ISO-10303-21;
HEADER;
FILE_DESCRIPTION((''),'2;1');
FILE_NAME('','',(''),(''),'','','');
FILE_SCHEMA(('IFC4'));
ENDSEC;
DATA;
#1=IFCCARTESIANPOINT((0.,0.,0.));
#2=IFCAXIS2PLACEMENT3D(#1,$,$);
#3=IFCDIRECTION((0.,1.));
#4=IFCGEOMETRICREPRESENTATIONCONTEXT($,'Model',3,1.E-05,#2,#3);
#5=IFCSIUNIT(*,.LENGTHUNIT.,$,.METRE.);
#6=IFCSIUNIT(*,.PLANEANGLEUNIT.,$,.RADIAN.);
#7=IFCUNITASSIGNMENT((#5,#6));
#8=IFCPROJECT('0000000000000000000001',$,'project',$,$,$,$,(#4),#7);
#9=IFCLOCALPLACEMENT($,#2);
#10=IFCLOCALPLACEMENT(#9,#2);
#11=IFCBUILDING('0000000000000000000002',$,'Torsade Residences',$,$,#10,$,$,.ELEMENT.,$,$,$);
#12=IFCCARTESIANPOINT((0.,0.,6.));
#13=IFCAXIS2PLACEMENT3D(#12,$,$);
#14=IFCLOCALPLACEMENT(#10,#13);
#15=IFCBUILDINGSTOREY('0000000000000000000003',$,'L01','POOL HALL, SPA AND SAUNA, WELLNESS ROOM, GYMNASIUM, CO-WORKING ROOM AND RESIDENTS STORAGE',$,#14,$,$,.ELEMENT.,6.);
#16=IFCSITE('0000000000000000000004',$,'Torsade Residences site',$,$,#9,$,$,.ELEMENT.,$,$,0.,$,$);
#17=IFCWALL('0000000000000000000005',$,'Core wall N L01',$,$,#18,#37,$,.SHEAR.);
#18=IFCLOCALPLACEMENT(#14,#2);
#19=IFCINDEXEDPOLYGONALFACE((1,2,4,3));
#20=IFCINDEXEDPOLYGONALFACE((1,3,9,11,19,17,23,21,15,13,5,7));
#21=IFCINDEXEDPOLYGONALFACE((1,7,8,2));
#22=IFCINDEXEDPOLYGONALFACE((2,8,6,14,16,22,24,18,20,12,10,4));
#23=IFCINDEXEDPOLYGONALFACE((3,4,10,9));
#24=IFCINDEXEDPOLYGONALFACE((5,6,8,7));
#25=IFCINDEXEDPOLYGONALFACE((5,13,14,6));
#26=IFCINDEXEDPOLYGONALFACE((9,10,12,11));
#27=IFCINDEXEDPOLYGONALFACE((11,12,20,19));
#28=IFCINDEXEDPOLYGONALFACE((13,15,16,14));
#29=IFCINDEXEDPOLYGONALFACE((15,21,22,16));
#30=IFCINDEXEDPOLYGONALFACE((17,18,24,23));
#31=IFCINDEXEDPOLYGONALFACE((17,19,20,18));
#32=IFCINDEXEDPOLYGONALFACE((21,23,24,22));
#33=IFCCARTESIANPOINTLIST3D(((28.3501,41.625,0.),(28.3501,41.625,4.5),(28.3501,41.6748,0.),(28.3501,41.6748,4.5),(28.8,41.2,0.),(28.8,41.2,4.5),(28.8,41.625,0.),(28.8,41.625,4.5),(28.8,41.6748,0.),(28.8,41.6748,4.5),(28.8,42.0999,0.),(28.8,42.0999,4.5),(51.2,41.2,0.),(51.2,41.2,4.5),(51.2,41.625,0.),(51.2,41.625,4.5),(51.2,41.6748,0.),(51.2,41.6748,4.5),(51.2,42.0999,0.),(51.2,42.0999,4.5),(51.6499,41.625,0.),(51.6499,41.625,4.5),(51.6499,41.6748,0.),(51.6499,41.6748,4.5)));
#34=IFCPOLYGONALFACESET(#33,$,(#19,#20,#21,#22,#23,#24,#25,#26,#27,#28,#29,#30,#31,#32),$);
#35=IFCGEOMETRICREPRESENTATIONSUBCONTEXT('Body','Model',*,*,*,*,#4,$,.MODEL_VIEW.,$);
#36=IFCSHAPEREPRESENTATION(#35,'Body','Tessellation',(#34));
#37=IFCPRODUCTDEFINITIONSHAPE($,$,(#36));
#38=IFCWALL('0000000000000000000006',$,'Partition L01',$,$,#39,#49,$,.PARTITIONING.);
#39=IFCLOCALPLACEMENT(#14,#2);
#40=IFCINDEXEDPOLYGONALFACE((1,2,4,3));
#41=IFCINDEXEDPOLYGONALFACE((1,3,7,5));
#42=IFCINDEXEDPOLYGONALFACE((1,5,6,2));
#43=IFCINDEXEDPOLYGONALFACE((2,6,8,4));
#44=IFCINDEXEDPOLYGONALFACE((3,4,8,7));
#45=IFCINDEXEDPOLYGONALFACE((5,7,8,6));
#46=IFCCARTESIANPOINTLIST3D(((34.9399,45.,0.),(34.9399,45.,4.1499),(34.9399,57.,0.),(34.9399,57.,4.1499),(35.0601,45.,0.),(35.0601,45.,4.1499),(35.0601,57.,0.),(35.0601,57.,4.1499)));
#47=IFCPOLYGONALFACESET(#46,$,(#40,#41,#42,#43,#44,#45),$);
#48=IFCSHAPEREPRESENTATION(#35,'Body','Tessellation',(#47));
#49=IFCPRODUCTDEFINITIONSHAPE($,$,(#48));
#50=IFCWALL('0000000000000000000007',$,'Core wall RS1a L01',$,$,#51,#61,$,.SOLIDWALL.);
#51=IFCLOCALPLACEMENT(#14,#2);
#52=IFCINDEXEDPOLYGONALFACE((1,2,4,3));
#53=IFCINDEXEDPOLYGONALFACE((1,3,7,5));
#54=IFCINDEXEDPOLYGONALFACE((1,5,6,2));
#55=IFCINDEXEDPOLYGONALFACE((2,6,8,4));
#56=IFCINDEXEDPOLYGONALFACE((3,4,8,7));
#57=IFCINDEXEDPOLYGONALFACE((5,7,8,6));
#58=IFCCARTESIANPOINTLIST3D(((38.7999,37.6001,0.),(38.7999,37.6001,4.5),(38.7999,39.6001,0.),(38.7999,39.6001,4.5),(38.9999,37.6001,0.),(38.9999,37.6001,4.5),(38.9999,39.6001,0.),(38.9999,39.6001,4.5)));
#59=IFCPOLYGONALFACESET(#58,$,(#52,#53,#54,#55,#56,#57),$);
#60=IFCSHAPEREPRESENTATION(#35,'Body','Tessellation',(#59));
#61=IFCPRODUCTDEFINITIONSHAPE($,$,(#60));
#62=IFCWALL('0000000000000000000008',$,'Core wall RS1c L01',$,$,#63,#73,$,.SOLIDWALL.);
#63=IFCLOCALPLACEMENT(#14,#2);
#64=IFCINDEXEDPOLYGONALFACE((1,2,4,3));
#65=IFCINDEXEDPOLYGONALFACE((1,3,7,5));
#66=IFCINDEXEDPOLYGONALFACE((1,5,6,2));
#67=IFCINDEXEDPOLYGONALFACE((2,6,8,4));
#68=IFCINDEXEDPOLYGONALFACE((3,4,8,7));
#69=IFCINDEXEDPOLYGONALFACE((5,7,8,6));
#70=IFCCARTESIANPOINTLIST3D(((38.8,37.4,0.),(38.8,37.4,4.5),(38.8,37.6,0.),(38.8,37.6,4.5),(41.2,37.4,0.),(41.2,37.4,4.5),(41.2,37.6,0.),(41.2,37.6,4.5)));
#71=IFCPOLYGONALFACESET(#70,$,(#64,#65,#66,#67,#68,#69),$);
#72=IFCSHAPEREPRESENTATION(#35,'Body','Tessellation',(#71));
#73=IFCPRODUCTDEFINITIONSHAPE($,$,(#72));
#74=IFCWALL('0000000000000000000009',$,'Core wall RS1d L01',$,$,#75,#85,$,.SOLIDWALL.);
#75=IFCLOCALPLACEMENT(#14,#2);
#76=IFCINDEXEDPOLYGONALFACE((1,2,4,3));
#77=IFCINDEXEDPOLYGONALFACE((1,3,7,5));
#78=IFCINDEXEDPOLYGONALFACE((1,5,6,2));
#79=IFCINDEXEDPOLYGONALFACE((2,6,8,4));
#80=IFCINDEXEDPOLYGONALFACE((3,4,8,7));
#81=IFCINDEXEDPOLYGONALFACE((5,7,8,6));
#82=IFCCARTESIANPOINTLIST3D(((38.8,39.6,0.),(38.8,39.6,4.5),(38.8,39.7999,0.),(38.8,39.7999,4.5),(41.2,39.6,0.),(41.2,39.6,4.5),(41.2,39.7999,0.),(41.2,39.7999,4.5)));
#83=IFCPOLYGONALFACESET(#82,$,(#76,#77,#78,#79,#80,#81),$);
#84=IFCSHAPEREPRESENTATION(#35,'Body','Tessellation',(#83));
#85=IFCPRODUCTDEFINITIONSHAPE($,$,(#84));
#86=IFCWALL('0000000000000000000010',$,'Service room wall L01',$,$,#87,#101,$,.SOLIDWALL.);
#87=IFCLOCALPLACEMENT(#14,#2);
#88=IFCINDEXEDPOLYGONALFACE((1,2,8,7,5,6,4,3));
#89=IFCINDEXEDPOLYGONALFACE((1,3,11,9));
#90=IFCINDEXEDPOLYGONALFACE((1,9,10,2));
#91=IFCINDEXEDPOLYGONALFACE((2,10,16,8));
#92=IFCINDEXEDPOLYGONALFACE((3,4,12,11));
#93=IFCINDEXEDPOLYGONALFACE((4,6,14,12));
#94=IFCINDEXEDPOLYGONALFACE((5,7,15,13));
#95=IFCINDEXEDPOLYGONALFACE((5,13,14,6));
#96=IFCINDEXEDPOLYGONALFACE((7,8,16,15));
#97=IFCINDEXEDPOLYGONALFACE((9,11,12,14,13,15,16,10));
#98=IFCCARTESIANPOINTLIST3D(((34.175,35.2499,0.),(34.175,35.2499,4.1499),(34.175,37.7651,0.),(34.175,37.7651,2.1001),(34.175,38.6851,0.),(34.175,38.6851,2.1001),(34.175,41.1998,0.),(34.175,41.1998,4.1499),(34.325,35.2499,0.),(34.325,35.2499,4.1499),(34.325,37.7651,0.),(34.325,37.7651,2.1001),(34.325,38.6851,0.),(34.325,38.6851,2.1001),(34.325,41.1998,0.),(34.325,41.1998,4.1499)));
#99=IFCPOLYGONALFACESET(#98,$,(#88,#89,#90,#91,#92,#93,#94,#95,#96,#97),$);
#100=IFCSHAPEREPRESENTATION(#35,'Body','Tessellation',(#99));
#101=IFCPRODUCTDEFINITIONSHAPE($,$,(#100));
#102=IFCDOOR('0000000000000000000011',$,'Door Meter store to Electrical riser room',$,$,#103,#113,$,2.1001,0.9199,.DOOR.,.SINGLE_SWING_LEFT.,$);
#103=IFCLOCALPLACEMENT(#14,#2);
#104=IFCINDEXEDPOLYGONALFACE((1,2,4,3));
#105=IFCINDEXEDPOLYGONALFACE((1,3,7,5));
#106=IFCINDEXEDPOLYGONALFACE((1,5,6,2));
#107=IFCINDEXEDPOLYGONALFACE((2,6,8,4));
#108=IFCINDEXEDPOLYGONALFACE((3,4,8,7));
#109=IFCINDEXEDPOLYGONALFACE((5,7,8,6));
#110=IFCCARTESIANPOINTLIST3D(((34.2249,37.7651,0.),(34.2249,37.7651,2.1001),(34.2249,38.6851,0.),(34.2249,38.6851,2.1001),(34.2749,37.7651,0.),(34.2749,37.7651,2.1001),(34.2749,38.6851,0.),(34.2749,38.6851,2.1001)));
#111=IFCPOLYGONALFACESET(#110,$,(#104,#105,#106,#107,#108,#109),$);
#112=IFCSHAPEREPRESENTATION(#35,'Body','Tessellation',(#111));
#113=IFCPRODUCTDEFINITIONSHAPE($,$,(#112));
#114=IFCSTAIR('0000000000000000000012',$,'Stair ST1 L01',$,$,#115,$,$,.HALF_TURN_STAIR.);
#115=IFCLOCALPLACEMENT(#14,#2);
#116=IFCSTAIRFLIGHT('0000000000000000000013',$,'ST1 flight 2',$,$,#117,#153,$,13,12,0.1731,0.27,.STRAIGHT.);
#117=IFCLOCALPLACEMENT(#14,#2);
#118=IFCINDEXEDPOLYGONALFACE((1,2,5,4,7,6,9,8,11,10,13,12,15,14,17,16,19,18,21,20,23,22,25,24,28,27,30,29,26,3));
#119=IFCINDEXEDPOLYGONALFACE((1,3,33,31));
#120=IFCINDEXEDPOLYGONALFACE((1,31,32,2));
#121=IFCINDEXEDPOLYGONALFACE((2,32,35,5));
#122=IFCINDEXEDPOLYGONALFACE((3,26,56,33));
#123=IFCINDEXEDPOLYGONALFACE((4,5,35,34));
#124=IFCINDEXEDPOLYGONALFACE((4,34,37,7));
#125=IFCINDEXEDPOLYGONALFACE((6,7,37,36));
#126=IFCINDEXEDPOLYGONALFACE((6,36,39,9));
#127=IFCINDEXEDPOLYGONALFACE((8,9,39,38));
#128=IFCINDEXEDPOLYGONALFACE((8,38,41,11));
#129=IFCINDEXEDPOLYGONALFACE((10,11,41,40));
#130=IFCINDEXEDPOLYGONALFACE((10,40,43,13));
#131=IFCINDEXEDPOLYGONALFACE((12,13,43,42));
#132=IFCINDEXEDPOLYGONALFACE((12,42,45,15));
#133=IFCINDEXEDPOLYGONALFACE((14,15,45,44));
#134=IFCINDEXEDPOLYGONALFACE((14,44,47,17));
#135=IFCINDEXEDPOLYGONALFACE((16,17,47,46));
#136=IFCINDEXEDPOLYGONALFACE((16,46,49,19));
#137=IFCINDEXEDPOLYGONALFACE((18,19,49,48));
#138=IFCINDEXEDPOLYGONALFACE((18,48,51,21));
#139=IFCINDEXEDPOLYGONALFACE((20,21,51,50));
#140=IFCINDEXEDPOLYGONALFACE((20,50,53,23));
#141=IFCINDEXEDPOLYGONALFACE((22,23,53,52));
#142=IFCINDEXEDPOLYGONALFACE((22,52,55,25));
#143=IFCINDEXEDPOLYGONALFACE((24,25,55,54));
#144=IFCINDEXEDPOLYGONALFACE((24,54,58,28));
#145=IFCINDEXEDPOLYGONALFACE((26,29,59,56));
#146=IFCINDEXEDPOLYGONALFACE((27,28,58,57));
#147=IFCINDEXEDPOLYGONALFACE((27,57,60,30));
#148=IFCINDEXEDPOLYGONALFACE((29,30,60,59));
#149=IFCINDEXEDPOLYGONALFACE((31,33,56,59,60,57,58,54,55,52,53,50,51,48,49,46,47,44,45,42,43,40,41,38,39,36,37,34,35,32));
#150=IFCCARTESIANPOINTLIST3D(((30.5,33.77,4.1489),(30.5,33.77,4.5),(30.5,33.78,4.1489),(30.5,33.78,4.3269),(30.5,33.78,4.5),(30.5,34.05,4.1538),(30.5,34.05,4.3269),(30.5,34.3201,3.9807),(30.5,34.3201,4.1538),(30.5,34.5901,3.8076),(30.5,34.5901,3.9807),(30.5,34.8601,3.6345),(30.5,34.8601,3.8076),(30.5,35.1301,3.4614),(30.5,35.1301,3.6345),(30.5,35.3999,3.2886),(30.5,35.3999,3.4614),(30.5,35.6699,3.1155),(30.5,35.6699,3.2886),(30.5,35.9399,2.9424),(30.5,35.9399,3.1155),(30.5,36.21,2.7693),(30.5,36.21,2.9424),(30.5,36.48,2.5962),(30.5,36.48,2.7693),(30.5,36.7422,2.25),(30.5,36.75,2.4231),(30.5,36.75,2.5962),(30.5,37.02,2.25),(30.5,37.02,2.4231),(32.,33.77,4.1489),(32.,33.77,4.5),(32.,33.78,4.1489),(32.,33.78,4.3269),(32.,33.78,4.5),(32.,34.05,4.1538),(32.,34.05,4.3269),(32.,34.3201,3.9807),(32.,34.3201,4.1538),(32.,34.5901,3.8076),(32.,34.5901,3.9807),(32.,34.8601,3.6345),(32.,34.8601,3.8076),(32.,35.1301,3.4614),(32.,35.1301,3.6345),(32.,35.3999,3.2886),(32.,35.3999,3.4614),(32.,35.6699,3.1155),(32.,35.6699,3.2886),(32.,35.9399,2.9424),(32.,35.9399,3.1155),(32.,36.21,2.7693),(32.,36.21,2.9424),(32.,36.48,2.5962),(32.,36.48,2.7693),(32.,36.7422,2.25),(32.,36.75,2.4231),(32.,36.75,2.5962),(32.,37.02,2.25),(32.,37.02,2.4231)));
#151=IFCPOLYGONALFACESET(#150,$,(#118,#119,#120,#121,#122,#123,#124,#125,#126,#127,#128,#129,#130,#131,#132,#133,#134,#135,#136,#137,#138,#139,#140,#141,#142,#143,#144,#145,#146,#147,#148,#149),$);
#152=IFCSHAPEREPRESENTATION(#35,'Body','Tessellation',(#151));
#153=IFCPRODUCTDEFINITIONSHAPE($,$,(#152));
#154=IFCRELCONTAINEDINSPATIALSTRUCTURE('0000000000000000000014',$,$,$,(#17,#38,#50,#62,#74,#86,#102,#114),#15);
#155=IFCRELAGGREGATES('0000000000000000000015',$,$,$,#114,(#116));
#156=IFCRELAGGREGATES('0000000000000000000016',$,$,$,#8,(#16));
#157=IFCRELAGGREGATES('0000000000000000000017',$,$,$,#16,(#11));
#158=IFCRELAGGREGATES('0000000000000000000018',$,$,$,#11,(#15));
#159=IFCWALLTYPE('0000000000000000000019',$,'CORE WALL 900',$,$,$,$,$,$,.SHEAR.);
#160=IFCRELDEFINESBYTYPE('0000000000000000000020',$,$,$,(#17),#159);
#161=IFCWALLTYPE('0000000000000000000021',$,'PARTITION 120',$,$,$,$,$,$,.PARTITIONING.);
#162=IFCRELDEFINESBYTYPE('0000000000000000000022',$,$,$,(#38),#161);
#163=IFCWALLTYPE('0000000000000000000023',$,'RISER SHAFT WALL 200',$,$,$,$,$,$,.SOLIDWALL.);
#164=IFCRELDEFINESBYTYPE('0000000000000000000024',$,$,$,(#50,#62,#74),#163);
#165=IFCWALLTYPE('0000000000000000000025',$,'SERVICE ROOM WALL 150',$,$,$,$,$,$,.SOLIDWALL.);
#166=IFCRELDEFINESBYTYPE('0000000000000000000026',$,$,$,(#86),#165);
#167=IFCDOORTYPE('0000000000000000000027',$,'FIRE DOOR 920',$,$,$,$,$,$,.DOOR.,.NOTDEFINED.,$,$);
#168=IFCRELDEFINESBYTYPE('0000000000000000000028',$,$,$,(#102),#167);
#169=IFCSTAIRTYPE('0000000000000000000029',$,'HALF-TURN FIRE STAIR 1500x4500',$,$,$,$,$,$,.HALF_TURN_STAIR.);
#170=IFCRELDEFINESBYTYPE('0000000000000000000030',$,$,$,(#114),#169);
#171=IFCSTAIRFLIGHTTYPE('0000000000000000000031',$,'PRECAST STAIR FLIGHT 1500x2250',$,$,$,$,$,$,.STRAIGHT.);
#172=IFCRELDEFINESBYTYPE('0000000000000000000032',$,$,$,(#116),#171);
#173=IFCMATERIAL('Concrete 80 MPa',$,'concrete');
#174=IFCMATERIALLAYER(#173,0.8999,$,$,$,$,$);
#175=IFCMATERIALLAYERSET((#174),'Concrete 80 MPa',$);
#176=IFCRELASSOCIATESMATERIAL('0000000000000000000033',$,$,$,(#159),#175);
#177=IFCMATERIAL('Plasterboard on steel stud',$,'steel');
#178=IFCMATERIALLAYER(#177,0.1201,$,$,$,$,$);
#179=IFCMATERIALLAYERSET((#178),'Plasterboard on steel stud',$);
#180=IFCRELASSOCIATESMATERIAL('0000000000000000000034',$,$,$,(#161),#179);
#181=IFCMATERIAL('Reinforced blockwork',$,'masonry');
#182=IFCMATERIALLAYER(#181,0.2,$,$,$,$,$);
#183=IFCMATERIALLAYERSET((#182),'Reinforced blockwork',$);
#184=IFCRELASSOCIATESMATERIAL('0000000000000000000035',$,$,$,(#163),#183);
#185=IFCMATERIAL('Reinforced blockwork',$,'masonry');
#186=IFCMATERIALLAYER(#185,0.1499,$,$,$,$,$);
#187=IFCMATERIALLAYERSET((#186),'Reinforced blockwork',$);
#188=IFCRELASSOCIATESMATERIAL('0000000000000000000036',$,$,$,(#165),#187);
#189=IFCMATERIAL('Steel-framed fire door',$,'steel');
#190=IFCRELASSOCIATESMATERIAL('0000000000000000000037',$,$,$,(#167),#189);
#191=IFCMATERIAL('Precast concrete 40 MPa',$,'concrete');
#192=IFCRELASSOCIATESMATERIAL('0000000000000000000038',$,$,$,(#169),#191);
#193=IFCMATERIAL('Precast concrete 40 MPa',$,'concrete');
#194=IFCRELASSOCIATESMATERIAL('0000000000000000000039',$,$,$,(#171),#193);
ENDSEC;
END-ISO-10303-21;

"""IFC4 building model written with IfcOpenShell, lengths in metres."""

from ifc_helpers import new_model, si_unit, direction, frame, frame_2d, origin, place, context, subcontext, project, spatial, polyline, rectangle, outline, extrude, material, layer, layer_set, type_object, element, fill, aggregate, save


model = new_model("IFC4")

# Units and contexts
model_context = context("Model", 3, precision=1e-05, world=origin(), true_north=direction((0.0, 1.0)))
body_context = subcontext(model_context, "Body", "Model", "MODEL_VIEW")
ifc_project = project(units=[si_unit("LENGTHUNIT", "METRE"), si_unit("PLANEANGLEUNIT", "RADIAN")], contexts=[model_context])

# Site, building, storey
site_placement = place(None, origin())
site = spatial("IfcSite", under=ifc_project, at=site_placement, Name="Torsade Residences site", CompositionType="ELEMENT", RefElevation=0.0)
building_placement = place(site_placement, origin())
building = spatial("IfcBuilding", under=site, at=building_placement, Name="Torsade Residences", CompositionType="ELEMENT")
storey_placement = place(building_placement, frame((0.0, 0.0, 6.0)))
storey = spatial("IfcBuildingStorey", under=building, at=storey_placement, Name="L01", Description="POOL HALL, SPA AND SAUNA, WELLNESS ROOM, GYMNASIUM, CO-WORKING ROOM AND RESIDENTS STORAGE", CompositionType="ELEMENT", Elevation=6.0)

# Walls
ifc_material_1 = material(Name="Concrete 80 MPa", Category="concrete")
ifc_layer_1 = layer(ifc_material_1, 0.8999)
ifc_layer_set_1 = layer_set([ifc_layer_1], Name="Concrete 80 MPa")
wall_type_1 = type_object("IfcWallType", Name="CORE WALL 900", PredefinedType="SHEAR", material=ifc_layer_set_1)
wall_1_placement = place(storey_placement, frame((28.8, 41.6499, 0.0), z_axis=(0.0, 0.0, 1.0), x_axis=(1.0, 0.0, 0.0)))
element("IfcWall", 1, at=wall_1_placement, inside=storey, type_object=wall_type_1, Name="Core wall N L01", PredefinedType="SHEAR", context=body_context, shape_type="SweptSolid", body=[
    extrude(outline(polyline([(0.0, -0.45), (22.3999, -0.45), (22.3999, -0.0249), (22.8499, -0.0249), (22.8499, 0.0249), (22.3999, 0.0249), (22.3999, 0.45), (0.0, 0.45), (0.0, 0.0249), (-0.45, 0.0249), (-0.45, -0.0249), (0.0, -0.0249), (0.0, -0.45)])), origin(), (0.0, 0.0, 1.0), 4.5),
])
ifc_material_2 = material(Name="Plasterboard on steel stud", Category="steel")
ifc_layer_2 = layer(ifc_material_2, 0.1201)
ifc_layer_set_2 = layer_set([ifc_layer_2], Name="Plasterboard on steel stud")
wall_type_2 = type_object("IfcWallType", Name="PARTITION 120", PredefinedType="PARTITIONING", material=ifc_layer_set_2)
wall_2_placement = place(storey_placement, frame((35.0, 57.0, 0.0), z_axis=(0.0, 0.0, 1.0), x_axis=(0.0, -1.0, 0.0)))
element("IfcWall", 2, at=wall_2_placement, inside=storey, type_object=wall_type_2, Name="Partition L01", PredefinedType="PARTITIONING", context=body_context, shape_type="SweptSolid", body=[
    extrude(rectangle(XDim=12.0, YDim=0.1201, at=frame_2d((6.0, 0.0))), origin(), (0.0, 0.0, 1.0), 4.1499),
])
ifc_material_3 = material(Name="Reinforced blockwork", Category="masonry")
ifc_layer_3 = layer(ifc_material_3, 0.2)
ifc_layer_set_3 = layer_set([ifc_layer_3], Name="Reinforced blockwork")
wall_type_3 = type_object("IfcWallType", Name="RISER SHAFT WALL 200", PredefinedType="SOLIDWALL", material=ifc_layer_set_3)
wall_3_placement = place(storey_placement, frame((38.8999, 37.6001, 0.0), z_axis=(0.0, 0.0, 1.0), x_axis=(0.0, 1.0, 0.0)))
element("IfcWall", 3, at=wall_3_placement, inside=storey, type_object=wall_type_3, Name="Core wall RS1a L01", PredefinedType="SOLIDWALL", context=body_context, shape_type="SweptSolid", body=[
    extrude(rectangle(XDim=2.0, YDim=0.2, at=frame_2d((1.0, 0.0))), origin(), (0.0, 0.0, 1.0), 4.5),
])
for number, where, z_axis, x_axis, name in (
    (4, (38.8, 37.5, 0.0), (0.0, 0.0, 1.0), (1.0, 0.0, 0.0), "Core wall RS1c L01"),
    (5, (38.8, 39.7, 0.0), (0.0, 0.0, 1.0), (1.0, 0.0, 0.0), "Core wall RS1d L01"),
):
    element("IfcWall", number, at=place(storey_placement, frame(where, z_axis=z_axis, x_axis=x_axis)), inside=storey, type_object=wall_type_3, Name=name, PredefinedType="SOLIDWALL", context=body_context, shape_type="SweptSolid", body=[
        extrude(rectangle(XDim=2.3999, YDim=0.2, at=frame_2d((1.2, 0.0))), origin(), (0.0, 0.0, 1.0), 4.5),
    ])

# Wall, opening, door
ifc_material_4 = material(Name="Reinforced blockwork", Category="masonry")
ifc_layer_4 = layer(ifc_material_4, 0.1499)
ifc_layer_set_4 = layer_set([ifc_layer_4], Name="Reinforced blockwork")
wall_type_4 = type_object("IfcWallType", Name="SERVICE ROOM WALL 150", PredefinedType="SOLIDWALL", material=ifc_layer_set_4)
wall_4_placement = place(storey_placement, frame((34.25, 41.2, 0.0), z_axis=(0.0, 0.0, 1.0), x_axis=(0.0, -1.0, 0.0)))
wall_4 = element("IfcWall", 6, at=wall_4_placement, inside=storey, type_object=wall_type_4, Name="Service room wall L01", PredefinedType="SOLIDWALL", context=body_context, shape_type="SweptSolid", body=[
    extrude(rectangle(XDim=5.95, YDim=0.1499, at=frame_2d((2.9751, 0.0))), origin(), (0.0, 0.0, 1.0), 4.1499),
])
opening_placement = place(wall_4_placement, frame((2.5149, 0.0, 0.0)))
opening = element("IfcOpeningElement", 7, at=opening_placement, cuts=wall_4, PredefinedType="OPENING", context=body_context, shape_type="SweptSolid", body=[
    extrude(rectangle(XDim=0.9199, YDim=2.1001, at=frame_2d((0.46, 1.05))), frame((0.0, 0.085, 0.0), z_axis=(0.0, -1.0, 0.0), x_axis=(1.0, 0.0, 0.0)), (0.0, 0.0, 1.0), 0.1699),
])
ifc_material_5 = material(Name="Steel-framed fire door", Category="steel")
door_type = type_object("IfcDoorType", Name="FIRE DOOR 920", OperationType="NOTDEFINED", PredefinedType="DOOR", material=ifc_material_5)
door_placement = place(opening_placement, origin())
door = element("IfcDoor", 8, at=door_placement, inside=storey, type_object=door_type, Name="Door Meter store to Electrical riser room", OperationType="SINGLE_SWING_LEFT", OverallHeight=2.1001, OverallWidth=0.9199, PredefinedType="DOOR", context=body_context, shape_type="SweptSolid", body=[
    extrude(rectangle(XDim=0.9199, YDim=2.1001, at=frame_2d((0.46, 1.05))), frame((0.0, 0.0249, 0.0), z_axis=(0.0, -1.0, 0.0), x_axis=(1.0, 0.0, 0.0)), (0.0, 0.0, 1.0), 0.05),
])
fill(opening, door)

# Stair, stair flight
ifc_material_6 = material(Name="Precast concrete 40 MPa", Category="concrete")
stair_type = type_object("IfcStairType", Name="HALF-TURN FIRE STAIR 1500x4500", PredefinedType="HALF_TURN_STAIR", material=ifc_material_6)
stair_placement = place(storey_placement, origin())
stair = element("IfcStair", 9, at=stair_placement, inside=storey, type_object=stair_type, Name="Stair ST1 L01", PredefinedType="HALF_TURN_STAIR")
ifc_material_7 = material(Name="Precast concrete 40 MPa", Category="concrete")
stair_flight_type = type_object("IfcStairFlightType", Name="PRECAST STAIR FLIGHT 1500x2250", PredefinedType="STRAIGHT", material=ifc_material_7)
stair_flight_placement = place(storey_placement, frame((31.25, 37.02, 2.25), z_axis=(0.0, 0.0, 1.0), x_axis=(0.0, -1.0, 0.0)))
stair_flight = element("IfcStairFlight", 10, at=stair_flight_placement, type_object=stair_flight_type, Name="ST1 flight 2", NumberOfRisers=13, NumberOfTreads=12, PredefinedType="STRAIGHT", RiserHeight=0.1731, TreadLength=0.27, context=body_context, shape_type="SweptSolid", body=[
    extrude(outline(polyline([(0.0, 0.0), (0.0, 0.1731), (0.27, 0.1731), (0.27, 0.3462), (0.54, 0.3462), (0.54, 0.5193), (0.8101, 0.5193), (0.8101, 0.6924), (1.0801, 0.6924), (1.0801, 0.8655), (1.3501, 0.8655), (1.3501, 1.0386), (1.6201, 1.0386), (1.6201, 1.2114), (1.8899, 1.2114), (1.8899, 1.3845), (2.1599, 1.3845), (2.1599, 1.5576), (2.4299, 1.5576), (2.4299, 1.7307), (2.7, 1.7307), (2.7, 1.9038), (2.97, 1.9038), (2.97, 2.0769), (3.24, 2.0769), (3.24, 2.25), (3.25, 2.25), (3.25, 1.8989), (3.24, 1.8989), (0.2778, 0.0), (0.0, 0.0)])), frame((0.0, 0.75, 0.0), z_axis=(0.0, -1.0, 0.0), x_axis=(1.0, 0.0, 0.0)), (0.0, 0.0, 1.0), 1.5),
])
aggregate(stair, [stair_flight])

save(model, "model.ifc")
